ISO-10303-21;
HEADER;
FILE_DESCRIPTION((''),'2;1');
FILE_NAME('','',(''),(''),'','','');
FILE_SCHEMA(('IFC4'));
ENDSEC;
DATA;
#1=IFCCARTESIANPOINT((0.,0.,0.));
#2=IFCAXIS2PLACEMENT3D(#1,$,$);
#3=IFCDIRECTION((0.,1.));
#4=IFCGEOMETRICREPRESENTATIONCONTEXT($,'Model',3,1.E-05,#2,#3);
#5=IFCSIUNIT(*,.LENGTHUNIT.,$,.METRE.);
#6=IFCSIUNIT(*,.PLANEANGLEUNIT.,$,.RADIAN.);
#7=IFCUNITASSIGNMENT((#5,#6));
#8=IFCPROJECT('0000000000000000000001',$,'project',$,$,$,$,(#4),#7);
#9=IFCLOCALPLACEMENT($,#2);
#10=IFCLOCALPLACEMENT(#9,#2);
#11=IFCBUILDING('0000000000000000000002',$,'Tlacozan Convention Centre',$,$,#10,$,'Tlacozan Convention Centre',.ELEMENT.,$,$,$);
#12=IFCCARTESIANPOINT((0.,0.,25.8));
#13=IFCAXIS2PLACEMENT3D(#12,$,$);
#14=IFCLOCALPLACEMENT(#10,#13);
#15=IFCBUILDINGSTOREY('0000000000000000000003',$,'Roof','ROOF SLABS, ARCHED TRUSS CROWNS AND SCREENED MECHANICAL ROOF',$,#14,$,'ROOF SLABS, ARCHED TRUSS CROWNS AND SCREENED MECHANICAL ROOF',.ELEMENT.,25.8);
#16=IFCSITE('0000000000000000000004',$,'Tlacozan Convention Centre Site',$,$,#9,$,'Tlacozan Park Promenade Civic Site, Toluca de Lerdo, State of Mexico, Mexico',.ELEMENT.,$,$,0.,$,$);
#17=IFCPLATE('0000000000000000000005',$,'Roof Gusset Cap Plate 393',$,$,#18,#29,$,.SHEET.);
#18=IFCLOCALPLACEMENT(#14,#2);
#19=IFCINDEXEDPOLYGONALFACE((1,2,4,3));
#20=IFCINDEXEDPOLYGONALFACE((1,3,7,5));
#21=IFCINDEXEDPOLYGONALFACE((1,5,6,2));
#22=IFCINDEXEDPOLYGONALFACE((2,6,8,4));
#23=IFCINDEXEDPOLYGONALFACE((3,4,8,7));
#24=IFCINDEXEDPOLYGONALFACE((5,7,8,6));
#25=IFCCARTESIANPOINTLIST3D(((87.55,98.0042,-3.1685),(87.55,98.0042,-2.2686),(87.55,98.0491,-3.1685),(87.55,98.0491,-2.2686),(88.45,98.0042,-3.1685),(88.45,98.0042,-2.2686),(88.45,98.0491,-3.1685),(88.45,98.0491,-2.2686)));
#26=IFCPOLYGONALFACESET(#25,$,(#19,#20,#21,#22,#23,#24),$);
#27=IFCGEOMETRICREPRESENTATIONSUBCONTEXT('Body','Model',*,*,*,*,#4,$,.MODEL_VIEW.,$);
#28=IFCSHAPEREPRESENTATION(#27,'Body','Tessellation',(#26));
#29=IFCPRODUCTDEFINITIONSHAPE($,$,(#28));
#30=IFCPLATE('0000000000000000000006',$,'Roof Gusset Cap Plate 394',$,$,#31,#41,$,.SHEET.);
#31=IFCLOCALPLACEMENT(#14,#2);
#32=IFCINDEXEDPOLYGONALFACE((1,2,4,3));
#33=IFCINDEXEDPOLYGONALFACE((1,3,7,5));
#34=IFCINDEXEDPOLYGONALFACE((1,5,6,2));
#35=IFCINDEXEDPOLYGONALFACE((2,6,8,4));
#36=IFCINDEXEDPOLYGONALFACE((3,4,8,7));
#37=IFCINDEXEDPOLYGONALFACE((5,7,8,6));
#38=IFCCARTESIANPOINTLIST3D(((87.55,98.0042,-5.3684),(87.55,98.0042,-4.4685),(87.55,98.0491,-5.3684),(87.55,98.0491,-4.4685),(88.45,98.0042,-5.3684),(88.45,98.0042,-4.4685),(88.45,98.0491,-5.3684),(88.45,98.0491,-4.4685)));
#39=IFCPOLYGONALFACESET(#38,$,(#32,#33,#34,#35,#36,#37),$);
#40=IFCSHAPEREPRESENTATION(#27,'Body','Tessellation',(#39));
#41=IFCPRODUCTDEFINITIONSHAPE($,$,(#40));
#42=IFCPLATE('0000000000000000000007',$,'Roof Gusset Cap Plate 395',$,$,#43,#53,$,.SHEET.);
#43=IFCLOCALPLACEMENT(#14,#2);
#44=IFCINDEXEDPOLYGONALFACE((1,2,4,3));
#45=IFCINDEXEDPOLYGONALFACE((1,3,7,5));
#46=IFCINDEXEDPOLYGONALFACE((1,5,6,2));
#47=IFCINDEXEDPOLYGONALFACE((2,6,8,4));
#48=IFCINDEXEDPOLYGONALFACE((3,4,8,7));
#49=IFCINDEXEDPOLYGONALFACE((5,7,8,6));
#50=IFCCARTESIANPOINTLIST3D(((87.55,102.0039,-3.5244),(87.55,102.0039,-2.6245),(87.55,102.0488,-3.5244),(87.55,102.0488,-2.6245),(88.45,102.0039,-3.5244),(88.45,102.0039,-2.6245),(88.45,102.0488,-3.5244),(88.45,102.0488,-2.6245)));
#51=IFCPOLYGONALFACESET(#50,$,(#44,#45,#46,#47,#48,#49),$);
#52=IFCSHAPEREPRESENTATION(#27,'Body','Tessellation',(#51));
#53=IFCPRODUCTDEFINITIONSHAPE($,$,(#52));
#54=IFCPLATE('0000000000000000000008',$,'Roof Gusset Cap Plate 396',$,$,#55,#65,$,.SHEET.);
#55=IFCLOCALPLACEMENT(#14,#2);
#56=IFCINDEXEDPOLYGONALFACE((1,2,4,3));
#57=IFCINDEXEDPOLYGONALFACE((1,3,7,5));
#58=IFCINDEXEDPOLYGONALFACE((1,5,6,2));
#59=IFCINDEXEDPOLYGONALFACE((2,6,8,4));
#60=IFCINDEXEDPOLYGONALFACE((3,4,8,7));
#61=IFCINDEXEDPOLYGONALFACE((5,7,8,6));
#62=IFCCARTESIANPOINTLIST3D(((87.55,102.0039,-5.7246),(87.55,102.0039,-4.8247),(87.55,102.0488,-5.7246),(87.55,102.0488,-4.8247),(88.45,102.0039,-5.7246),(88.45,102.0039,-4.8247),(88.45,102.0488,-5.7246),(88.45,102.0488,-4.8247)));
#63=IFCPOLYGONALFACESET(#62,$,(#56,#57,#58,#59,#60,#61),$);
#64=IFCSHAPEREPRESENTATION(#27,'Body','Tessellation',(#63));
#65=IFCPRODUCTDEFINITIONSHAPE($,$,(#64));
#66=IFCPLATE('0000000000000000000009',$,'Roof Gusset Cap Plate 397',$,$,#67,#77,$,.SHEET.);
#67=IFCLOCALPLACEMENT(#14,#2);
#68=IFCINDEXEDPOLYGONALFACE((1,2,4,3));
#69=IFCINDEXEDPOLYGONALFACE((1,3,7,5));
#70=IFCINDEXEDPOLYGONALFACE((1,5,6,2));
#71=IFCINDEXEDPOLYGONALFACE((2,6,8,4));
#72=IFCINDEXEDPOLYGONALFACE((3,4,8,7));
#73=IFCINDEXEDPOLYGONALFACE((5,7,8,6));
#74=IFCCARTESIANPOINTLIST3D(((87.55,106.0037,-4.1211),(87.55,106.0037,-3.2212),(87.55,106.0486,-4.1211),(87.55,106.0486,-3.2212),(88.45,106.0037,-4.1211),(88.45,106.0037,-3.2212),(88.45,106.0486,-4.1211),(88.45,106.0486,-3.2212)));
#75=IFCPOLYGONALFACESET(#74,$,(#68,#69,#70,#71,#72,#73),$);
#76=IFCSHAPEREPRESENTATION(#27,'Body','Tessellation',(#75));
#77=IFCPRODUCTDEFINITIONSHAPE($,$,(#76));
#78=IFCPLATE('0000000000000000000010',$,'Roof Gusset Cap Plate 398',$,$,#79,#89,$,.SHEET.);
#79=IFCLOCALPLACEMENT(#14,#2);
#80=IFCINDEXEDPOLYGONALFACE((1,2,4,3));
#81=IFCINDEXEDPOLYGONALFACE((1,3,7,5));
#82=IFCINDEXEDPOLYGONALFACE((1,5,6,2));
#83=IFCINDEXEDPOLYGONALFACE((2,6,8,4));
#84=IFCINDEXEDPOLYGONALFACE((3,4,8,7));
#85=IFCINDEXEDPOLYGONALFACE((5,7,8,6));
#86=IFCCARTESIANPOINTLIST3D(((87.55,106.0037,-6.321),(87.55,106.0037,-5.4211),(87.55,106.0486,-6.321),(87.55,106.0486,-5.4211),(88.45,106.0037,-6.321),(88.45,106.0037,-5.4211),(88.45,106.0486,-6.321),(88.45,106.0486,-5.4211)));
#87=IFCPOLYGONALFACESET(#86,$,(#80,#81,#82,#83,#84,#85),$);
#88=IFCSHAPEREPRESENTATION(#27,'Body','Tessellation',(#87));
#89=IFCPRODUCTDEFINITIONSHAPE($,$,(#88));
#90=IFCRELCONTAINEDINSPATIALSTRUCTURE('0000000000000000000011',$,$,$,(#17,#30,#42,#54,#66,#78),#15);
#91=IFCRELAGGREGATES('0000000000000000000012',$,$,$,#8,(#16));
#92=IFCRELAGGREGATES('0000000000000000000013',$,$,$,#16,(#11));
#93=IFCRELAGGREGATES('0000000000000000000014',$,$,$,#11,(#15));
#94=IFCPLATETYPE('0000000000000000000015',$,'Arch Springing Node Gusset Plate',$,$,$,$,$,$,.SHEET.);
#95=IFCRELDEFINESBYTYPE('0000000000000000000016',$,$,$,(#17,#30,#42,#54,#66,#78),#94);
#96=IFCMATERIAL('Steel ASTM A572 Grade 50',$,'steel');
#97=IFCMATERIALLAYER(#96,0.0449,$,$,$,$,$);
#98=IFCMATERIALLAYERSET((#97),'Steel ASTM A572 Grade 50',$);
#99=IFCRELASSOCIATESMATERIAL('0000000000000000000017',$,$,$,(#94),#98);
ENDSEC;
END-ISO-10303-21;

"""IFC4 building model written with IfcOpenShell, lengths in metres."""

from ifc_helpers import new_model, si_unit, direction, frame, origin, origin_2d, place, context, subcontext, project, spatial, rectangle, extrude, material, layer, layer_set, type_object, element, save


model = new_model("IFC4")

# Units and contexts
model_context = context("Model", 3, precision=1e-05, world=origin(), true_north=direction((0.0, 1.0)))
body_context = subcontext(model_context, "Body", "Model", "MODEL_VIEW")
ifc_project = project(units=[si_unit("LENGTHUNIT", "METRE"), si_unit("PLANEANGLEUNIT", "RADIAN")], contexts=[model_context])

# Site, building, storey
site_placement = place(None, origin())
site = spatial("IfcSite", under=ifc_project, at=site_placement, Name="Tlacozan Convention Centre Site", LongName="Tlacozan Park Promenade Civic Site, Toluca de Lerdo, State of Mexico, Mexico", CompositionType="ELEMENT", RefElevation=0.0)
building_placement = place(site_placement, origin())
building = spatial("IfcBuilding", under=site, at=building_placement, Name="Tlacozan Convention Centre", LongName="Tlacozan Convention Centre", CompositionType="ELEMENT")
storey_placement = place(building_placement, frame((0.0, 0.0, 25.8)))
storey = spatial("IfcBuildingStorey", under=building, at=storey_placement, Name="Roof", Description="ROOF SLABS, ARCHED TRUSS CROWNS AND SCREENED MECHANICAL ROOF", LongName="ROOF SLABS, ARCHED TRUSS CROWNS AND SCREENED MECHANICAL ROOF", CompositionType="ELEMENT", Elevation=25.8)

# Plates
ifc_material_1 = material(Name="Steel ASTM A572 Grade 50", Category="steel")
ifc_layer = layer(ifc_material_1, 0.0449)
ifc_layer_set = layer_set([ifc_layer], Name="Steel ASTM A572 Grade 50")
plate_type = type_object("IfcPlateType", Name="Arch Springing Node Gusset Plate", PredefinedType="SHEET", material=ifc_layer_set)
for number, where, z_axis, x_axis, name in (
    (1, (88.0, 98.0266, -3.1685), (0.0, 0.0, 1.0), (0.0, 1.0, 0.0), "Roof Gusset Cap Plate 393"),
    (2, (88.0, 98.0266, -5.3684), (0.0, 0.0, 1.0), (0.0, 1.0, 0.0), "Roof Gusset Cap Plate 394"),
    (3, (88.0, 102.0264, -3.5244), (0.0, 0.0, 1.0), (0.0, 1.0, 0.0), "Roof Gusset Cap Plate 395"),
    (4, (88.0, 102.0264, -5.7246), (0.0, 0.0, 1.0), (0.0, 1.0, 0.0), "Roof Gusset Cap Plate 396"),
    (5, (88.0, 106.0261, -4.1211), (0.0, 0.0, 1.0), (0.0, 1.0, 0.0), "Roof Gusset Cap Plate 397"),
    (6, (88.0, 106.0261, -6.321), (0.0, 0.0, 1.0), (0.0, 1.0, 0.0), "Roof Gusset Cap Plate 398"),
):
    element("IfcPlate", number, at=place(storey_placement, frame(where, z_axis=z_axis, x_axis=x_axis)), inside=storey, type_object=plate_type, Name=name, PredefinedType="SHEET", context=body_context, shape_type="SweptSolid", body=[
        extrude(rectangle(XDim=0.0449, YDim=0.8999, at=origin_2d()), origin(), (0.0, 0.0, 1.0), 0.8999),
    ])

save(model, "model.ifc")
